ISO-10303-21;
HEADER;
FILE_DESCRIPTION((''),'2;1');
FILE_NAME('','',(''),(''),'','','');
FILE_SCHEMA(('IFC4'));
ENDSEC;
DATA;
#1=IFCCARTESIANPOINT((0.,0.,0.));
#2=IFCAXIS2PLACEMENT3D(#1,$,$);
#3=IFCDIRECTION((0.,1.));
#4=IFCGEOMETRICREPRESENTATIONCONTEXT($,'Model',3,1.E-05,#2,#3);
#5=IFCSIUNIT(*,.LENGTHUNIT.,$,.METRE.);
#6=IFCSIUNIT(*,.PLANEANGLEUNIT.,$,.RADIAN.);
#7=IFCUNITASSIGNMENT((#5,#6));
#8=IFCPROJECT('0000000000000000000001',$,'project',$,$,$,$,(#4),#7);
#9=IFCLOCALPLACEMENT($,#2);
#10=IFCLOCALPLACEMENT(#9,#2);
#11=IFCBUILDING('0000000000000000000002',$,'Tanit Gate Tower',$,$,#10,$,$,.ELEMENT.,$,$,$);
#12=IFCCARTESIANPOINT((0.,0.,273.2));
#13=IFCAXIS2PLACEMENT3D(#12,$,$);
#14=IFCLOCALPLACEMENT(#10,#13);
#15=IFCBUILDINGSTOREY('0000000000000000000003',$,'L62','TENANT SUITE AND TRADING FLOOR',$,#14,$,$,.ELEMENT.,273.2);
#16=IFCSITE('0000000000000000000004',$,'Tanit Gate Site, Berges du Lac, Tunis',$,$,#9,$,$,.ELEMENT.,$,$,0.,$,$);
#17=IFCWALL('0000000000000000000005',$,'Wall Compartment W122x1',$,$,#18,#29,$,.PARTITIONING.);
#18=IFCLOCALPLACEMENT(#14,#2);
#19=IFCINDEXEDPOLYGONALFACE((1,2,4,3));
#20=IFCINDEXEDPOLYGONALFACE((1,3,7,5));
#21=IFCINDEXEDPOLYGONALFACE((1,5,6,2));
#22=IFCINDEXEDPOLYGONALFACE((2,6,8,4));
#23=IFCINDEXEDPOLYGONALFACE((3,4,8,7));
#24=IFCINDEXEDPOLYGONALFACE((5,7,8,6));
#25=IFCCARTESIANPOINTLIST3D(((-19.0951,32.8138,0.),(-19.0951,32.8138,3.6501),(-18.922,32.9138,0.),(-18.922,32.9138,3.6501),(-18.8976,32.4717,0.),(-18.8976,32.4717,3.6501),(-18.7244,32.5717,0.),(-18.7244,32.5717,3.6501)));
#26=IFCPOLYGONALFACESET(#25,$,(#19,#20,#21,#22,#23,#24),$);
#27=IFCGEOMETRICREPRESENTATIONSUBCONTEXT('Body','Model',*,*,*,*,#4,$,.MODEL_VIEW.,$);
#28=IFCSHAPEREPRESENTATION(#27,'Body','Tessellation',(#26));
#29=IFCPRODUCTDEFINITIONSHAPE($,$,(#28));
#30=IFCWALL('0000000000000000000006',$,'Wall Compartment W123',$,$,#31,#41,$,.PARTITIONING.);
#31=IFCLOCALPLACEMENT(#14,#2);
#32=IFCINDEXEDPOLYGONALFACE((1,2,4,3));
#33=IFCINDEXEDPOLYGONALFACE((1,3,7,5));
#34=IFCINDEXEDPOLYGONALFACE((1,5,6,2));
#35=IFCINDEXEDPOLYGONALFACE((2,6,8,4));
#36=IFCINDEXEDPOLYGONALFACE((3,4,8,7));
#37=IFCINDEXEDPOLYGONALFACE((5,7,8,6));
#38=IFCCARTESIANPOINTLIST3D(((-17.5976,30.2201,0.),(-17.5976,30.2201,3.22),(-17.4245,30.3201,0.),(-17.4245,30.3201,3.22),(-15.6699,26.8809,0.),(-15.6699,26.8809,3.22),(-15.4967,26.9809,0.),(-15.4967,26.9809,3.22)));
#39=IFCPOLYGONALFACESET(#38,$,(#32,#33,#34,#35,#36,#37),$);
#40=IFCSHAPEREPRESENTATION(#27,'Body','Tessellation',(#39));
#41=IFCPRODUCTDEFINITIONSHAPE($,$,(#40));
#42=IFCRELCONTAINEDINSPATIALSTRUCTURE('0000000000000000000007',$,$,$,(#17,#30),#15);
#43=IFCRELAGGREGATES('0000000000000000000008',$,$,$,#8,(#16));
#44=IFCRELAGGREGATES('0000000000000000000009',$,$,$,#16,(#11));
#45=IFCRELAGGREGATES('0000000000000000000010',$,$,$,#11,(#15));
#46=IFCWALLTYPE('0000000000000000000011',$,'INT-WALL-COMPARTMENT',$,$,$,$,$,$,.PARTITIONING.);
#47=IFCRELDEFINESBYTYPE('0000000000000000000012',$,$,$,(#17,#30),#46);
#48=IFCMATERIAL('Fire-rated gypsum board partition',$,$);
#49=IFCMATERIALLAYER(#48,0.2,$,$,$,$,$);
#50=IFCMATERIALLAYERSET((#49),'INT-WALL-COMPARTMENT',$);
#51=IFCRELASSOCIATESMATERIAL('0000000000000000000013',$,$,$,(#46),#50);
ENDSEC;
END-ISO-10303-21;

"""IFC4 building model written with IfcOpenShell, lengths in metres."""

from ifc_helpers import new_model, si_unit, direction, frame, frame_2d, origin, place, context, subcontext, project, spatial, rectangle, extrude, material, layer, layer_set, type_object, element, save


model = new_model("IFC4")

# Units and contexts
model_context = context("Model", 3, precision=1e-05, world=origin(), true_north=direction((0.0, 1.0)))
body_context = subcontext(model_context, "Body", "Model", "MODEL_VIEW")
ifc_project = project(units=[si_unit("LENGTHUNIT", "METRE"), si_unit("PLANEANGLEUNIT", "RADIAN")], contexts=[model_context])

# Site, building, storey
site_placement = place(None, origin())
site = spatial("IfcSite", under=ifc_project, at=site_placement, Name="Tanit Gate Site, Berges du Lac, Tunis", CompositionType="ELEMENT", RefElevation=0.0)
building_placement = place(site_placement, origin())
building = spatial("IfcBuilding", under=site, at=building_placement, Name="Tanit Gate Tower", CompositionType="ELEMENT")
storey_placement = place(building_placement, frame((0.0, 0.0, 273.2)))
storey = spatial("IfcBuildingStorey", under=building, at=storey_placement, Name="L62", Description="TENANT SUITE AND TRADING FLOOR", CompositionType="ELEMENT", Elevation=273.2)

# Shared definitions
ifc_material_1 = material(Name="Fire-rated gypsum board partition")
ifc_layer_1 = layer(ifc_material_1, 0.2)
ifc_layer_set_1 = layer_set([ifc_layer_1], Name="INT-WALL-COMPARTMENT")
wall_type_1 = type_object("IfcWallType", Name="INT-WALL-COMPARTMENT", PredefinedType="PARTITIONING", material=ifc_layer_set_1)

# Walls
wall_1_placement = place(storey_placement, frame((-19.0085, 32.8638, 0.0), z_axis=(0.0, 0.0, 1.0), x_axis=(0.500061, -0.86599, 0.0)))
element("IfcWall", 1, at=wall_1_placement, inside=storey, type_object=wall_type_1, Name="Wall Compartment W122x1", PredefinedType="PARTITIONING", context=body_context, shape_type="SweptSolid", body=[
    extrude(rectangle(XDim=0.395, YDim=0.2, at=frame_2d((0.1975, 0.0))), origin(), (0.0, 0.0, 1.0), 3.6501),
])
wall_2_placement = place(storey_placement, frame((-17.511, 30.27, 0.0), z_axis=(0.0, 0.0, 1.0), x_axis=(0.49998, -0.866037, 0.0)))
element("IfcWall", 2, at=wall_2_placement, inside=storey, type_object=wall_type_1, Name="Wall Compartment W123", PredefinedType="PARTITIONING", context=body_context, shape_type="SweptSolid", body=[
    extrude(rectangle(XDim=3.8557, YDim=0.2, at=frame_2d((1.9277, 0.0))), origin(), (0.0, 0.0, 1.0), 3.22),
])

save(model, "model.ifc")
